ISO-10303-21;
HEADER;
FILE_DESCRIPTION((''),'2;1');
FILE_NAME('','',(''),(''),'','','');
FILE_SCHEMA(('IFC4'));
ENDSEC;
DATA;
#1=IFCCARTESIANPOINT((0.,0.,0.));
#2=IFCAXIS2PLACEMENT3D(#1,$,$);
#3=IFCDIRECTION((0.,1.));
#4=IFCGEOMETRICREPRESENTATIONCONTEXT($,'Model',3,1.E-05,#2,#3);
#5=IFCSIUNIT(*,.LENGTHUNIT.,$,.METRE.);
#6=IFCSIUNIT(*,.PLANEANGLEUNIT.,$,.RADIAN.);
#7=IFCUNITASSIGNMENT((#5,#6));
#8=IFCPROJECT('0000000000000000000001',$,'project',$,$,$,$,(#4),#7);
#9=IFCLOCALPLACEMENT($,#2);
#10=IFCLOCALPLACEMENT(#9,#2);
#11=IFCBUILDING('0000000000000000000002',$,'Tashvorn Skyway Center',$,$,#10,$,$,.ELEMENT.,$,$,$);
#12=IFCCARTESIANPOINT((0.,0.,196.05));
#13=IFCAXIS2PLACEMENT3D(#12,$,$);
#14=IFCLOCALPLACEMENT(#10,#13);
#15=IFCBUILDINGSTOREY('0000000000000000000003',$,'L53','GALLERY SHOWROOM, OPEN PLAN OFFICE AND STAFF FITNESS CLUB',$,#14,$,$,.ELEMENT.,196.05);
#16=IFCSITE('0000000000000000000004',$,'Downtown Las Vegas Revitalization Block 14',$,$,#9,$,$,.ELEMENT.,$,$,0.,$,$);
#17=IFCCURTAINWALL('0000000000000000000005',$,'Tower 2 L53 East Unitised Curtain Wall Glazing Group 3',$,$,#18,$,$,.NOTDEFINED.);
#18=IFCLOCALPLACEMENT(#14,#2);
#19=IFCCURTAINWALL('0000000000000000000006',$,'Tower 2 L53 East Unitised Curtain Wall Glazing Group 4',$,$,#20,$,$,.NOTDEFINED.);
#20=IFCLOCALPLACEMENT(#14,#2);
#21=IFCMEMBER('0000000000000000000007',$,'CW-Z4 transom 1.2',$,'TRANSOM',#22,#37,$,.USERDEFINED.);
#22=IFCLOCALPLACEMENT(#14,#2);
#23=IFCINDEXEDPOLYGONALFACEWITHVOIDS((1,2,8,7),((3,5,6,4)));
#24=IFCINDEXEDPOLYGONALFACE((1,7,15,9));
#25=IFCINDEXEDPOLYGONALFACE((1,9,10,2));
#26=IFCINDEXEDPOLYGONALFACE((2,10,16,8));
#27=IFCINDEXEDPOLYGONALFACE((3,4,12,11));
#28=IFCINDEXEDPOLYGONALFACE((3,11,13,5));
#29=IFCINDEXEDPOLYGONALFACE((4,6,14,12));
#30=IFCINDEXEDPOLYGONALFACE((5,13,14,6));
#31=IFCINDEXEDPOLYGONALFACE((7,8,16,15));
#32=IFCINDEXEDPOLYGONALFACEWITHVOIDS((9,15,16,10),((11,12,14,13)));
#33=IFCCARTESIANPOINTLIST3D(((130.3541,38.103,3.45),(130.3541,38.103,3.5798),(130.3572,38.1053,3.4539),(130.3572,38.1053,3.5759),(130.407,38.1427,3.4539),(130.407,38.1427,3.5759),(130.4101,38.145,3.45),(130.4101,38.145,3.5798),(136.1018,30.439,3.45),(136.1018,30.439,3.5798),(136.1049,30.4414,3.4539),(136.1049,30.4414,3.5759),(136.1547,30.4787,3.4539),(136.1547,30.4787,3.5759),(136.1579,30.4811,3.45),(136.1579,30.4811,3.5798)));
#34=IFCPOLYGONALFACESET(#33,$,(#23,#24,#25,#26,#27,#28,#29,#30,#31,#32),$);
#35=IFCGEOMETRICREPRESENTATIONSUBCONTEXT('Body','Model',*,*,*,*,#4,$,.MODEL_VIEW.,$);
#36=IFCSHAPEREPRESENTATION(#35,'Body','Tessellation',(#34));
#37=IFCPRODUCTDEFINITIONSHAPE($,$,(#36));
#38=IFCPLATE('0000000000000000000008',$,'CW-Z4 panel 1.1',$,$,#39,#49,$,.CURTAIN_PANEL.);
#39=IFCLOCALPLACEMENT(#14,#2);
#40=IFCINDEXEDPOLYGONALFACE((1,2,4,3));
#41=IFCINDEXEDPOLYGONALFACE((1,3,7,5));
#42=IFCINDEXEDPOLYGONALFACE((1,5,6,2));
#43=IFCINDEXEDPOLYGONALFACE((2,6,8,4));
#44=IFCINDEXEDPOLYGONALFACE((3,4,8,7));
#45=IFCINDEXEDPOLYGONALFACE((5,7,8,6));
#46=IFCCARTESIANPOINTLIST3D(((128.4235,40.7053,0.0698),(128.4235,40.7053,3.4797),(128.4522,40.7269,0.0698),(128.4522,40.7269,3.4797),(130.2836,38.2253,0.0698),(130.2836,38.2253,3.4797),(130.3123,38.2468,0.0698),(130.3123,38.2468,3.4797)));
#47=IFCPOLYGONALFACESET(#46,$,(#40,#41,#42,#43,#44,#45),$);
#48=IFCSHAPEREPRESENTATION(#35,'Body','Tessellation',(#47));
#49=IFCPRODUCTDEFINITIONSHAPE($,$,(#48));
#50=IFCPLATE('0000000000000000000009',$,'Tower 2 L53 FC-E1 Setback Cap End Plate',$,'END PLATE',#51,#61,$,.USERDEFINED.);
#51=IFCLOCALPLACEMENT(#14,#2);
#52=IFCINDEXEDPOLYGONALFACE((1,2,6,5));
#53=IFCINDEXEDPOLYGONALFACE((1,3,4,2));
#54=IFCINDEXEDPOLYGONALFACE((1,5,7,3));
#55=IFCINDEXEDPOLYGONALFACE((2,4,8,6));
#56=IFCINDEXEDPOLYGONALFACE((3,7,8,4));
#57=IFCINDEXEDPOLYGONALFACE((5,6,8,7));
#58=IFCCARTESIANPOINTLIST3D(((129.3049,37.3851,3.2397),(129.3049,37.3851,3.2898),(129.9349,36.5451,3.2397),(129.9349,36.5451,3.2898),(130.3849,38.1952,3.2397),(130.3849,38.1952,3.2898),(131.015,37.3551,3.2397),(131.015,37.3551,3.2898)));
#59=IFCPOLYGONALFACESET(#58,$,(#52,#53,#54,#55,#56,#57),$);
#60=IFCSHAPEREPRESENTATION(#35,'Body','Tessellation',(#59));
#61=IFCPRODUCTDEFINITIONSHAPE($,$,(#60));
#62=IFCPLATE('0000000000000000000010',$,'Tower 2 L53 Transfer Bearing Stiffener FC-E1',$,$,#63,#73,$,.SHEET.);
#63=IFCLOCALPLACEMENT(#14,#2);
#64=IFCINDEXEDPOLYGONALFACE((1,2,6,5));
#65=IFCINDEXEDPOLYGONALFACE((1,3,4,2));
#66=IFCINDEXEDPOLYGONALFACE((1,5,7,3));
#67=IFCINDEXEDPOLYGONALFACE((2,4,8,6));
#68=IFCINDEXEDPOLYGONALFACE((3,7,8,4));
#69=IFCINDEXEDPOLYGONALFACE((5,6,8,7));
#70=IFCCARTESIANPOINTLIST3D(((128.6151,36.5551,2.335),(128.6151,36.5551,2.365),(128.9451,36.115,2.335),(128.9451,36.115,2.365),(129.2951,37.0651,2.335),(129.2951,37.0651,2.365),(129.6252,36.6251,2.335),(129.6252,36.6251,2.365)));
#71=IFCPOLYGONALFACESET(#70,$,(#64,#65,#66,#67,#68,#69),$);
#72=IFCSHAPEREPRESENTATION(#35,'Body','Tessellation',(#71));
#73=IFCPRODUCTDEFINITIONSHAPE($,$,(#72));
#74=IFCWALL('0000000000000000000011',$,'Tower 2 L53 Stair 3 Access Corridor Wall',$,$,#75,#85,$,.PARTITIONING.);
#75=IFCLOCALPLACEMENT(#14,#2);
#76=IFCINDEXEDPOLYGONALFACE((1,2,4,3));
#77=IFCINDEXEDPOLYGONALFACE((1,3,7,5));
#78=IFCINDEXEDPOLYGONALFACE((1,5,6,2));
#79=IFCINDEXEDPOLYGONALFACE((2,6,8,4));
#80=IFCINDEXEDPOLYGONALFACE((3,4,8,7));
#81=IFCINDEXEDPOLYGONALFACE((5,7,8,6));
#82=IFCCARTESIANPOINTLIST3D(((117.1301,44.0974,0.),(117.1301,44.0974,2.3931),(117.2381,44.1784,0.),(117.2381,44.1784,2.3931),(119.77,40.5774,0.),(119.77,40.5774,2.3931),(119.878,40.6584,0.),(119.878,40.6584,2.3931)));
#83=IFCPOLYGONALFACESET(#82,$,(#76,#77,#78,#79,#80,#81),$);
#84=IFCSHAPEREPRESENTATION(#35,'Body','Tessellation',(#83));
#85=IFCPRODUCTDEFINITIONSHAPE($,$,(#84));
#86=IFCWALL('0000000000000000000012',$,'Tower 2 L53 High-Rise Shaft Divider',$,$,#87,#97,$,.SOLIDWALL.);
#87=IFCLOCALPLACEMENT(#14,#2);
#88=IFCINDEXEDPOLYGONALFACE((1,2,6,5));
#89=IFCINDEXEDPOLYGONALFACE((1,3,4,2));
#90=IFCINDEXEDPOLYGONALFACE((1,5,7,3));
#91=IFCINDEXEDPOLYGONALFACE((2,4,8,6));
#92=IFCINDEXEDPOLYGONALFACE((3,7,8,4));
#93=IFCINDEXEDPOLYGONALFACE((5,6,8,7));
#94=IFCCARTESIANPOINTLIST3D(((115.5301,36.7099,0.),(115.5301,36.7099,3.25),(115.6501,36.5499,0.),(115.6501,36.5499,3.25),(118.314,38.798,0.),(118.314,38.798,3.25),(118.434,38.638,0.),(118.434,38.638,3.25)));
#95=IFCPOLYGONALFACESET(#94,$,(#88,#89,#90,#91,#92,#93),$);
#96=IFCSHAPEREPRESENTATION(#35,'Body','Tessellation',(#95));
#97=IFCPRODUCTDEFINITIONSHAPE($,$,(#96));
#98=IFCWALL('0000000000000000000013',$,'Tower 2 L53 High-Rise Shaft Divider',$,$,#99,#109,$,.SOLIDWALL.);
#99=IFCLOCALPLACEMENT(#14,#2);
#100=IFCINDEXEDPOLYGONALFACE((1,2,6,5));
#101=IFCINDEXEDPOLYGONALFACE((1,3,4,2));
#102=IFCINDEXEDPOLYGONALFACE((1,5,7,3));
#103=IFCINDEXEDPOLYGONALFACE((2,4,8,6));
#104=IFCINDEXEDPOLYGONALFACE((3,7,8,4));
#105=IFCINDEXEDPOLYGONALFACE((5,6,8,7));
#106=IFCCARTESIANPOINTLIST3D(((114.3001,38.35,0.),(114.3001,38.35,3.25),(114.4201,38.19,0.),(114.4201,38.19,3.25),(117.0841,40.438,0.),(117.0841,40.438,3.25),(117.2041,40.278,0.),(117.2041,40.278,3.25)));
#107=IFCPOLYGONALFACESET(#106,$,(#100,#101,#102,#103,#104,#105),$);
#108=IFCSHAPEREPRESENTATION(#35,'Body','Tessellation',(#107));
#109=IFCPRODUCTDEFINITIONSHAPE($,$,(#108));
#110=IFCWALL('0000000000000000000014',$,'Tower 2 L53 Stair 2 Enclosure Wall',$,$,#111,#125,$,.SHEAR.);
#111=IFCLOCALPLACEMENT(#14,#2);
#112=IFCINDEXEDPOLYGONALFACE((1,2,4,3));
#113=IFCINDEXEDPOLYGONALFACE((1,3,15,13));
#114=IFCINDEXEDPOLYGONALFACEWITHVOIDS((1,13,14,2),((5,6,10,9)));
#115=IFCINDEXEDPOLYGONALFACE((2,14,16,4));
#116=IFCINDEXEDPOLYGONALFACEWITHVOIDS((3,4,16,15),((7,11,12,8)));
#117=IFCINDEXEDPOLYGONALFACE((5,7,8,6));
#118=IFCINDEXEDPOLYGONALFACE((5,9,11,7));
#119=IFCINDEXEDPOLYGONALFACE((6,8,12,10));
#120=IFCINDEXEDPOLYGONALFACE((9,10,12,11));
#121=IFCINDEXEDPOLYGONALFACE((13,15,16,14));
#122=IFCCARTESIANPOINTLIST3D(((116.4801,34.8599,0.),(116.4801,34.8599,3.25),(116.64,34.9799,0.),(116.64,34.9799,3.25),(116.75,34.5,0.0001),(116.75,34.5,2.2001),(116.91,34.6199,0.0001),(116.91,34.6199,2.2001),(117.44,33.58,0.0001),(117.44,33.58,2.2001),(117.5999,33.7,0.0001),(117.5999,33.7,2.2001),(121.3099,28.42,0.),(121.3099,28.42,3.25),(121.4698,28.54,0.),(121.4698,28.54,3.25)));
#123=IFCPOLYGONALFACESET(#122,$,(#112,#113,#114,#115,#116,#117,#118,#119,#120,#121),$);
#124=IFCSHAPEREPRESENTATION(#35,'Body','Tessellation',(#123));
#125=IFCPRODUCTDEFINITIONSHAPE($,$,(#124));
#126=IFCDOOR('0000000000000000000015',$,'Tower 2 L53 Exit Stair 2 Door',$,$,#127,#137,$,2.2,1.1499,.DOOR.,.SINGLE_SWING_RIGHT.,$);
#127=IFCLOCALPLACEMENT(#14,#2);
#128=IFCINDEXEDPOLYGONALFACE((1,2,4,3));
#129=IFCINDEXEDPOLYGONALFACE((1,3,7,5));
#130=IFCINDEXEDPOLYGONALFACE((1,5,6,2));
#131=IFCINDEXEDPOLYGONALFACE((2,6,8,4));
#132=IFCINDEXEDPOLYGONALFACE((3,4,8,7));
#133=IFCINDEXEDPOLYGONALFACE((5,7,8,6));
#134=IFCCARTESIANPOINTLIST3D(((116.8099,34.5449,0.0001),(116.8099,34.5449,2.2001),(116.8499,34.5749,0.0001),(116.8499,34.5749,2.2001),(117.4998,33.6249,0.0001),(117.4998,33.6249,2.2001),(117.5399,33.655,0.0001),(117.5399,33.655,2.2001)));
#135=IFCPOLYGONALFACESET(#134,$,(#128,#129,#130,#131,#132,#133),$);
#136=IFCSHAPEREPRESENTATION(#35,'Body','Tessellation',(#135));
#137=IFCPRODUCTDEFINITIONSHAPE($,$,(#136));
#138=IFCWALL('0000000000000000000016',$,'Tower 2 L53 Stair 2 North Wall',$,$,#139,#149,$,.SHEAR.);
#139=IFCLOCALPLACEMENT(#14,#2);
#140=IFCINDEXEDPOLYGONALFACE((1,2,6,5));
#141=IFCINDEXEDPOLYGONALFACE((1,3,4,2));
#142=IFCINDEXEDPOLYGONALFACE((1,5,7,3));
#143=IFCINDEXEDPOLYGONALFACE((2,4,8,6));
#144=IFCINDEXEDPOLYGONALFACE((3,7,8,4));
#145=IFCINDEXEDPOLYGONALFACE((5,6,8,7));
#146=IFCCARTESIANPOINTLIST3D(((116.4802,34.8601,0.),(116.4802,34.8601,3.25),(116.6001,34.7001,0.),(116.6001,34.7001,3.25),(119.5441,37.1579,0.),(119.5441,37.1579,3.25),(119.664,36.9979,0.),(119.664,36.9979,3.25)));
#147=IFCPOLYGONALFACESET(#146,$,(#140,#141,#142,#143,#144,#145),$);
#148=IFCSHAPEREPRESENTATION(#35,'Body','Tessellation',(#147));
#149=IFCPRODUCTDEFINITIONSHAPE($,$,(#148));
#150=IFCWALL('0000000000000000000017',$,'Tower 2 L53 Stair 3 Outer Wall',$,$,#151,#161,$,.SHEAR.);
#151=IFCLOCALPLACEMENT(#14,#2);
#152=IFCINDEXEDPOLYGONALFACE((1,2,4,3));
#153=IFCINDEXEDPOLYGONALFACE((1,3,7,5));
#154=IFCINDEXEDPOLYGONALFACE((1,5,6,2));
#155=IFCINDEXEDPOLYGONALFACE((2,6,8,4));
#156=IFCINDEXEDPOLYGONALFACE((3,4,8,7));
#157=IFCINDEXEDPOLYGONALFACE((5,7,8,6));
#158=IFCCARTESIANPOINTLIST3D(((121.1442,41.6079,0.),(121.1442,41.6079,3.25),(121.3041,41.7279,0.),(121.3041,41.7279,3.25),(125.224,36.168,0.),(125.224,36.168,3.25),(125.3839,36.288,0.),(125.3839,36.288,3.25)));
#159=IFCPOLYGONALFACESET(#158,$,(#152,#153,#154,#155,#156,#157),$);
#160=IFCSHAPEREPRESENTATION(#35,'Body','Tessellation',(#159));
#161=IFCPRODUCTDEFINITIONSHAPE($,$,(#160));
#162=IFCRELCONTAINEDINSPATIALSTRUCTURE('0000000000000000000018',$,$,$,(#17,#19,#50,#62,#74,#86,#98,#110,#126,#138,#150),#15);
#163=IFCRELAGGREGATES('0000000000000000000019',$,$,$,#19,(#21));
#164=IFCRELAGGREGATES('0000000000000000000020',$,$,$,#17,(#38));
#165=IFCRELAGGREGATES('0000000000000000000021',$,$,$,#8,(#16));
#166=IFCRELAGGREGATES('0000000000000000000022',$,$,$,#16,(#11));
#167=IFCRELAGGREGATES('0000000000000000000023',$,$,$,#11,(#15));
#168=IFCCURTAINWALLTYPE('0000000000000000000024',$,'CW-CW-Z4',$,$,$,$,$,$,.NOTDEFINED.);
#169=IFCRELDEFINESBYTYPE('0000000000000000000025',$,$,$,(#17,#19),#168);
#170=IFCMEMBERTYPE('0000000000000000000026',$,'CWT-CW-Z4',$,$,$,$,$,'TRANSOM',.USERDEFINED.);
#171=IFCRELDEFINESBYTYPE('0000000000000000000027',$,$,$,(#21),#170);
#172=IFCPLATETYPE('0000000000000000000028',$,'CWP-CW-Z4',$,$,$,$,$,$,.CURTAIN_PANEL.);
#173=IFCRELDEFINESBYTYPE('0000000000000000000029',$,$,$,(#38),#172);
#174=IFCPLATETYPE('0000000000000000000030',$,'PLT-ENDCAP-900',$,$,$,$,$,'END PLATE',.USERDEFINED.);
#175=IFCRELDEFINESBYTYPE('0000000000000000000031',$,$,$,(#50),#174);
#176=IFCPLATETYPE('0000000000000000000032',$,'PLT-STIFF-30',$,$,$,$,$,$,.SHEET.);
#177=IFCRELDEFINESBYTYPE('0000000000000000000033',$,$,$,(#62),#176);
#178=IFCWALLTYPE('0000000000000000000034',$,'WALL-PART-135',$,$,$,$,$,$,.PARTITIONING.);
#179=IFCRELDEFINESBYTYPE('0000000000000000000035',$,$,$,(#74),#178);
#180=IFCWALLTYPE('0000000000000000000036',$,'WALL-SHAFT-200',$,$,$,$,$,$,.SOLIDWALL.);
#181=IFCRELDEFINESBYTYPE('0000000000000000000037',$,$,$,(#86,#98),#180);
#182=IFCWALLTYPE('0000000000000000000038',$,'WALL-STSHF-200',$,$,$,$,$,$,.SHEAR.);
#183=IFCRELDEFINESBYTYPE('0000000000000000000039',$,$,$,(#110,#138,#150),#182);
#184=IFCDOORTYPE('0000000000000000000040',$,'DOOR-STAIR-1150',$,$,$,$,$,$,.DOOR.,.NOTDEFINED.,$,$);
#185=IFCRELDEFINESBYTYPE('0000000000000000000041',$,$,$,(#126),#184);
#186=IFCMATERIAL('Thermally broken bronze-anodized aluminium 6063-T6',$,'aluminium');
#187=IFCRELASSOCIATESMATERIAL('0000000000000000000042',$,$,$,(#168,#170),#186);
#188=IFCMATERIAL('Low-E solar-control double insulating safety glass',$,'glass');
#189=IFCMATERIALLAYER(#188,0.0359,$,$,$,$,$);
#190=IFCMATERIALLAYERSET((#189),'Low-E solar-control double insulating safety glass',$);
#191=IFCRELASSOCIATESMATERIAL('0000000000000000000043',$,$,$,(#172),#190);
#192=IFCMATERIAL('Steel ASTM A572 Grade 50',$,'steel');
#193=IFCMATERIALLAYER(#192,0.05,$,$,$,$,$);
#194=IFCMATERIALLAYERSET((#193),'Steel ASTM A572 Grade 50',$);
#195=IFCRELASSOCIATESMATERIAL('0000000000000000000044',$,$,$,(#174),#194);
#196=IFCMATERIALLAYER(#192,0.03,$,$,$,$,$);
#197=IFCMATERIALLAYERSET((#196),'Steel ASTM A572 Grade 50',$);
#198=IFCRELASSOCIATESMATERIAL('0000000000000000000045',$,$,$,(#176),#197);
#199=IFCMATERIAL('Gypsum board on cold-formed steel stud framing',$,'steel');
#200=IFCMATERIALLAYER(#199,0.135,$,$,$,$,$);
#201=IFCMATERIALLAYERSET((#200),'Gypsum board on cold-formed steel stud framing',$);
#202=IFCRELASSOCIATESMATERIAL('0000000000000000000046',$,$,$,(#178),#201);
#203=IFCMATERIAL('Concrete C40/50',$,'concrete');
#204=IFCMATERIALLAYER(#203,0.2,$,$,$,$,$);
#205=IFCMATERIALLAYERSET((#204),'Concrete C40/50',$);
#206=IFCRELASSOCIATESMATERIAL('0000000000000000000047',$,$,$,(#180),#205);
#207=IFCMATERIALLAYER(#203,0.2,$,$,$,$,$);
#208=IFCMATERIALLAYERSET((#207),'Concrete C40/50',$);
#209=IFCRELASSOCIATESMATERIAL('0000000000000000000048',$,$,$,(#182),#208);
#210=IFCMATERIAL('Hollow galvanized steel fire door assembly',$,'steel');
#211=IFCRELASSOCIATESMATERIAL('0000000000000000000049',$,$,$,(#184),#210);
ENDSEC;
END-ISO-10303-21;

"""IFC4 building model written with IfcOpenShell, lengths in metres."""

from ifc_helpers import new_model, si_unit, direction, frame, frame_2d, origin, origin_2d, place, context, subcontext, project, spatial, rectangle, hollow_rectangle, extrude, material, layer, layer_set, material_profile, profile_set, type_object, element, fill, aggregate, save


model = new_model("IFC4")

# Units and contexts
model_context = context("Model", 3, precision=1e-05, world=origin(), true_north=direction((0.0, 1.0)))
body_context = subcontext(model_context, "Body", "Model", "MODEL_VIEW")
ifc_project = project(units=[si_unit("LENGTHUNIT", "METRE"), si_unit("PLANEANGLEUNIT", "RADIAN")], contexts=[model_context])

# Site, building, storey
site_placement = place(None, origin())
site = spatial("IfcSite", under=ifc_project, at=site_placement, Name="Downtown Las Vegas Revitalization Block 14", CompositionType="ELEMENT", RefElevation=0.0)
building_placement = place(site_placement, origin())
building = spatial("IfcBuilding", under=site, at=building_placement, Name="Tashvorn Skyway Center", CompositionType="ELEMENT")
storey_placement = place(building_placement, frame((0.0, 0.0, 196.05)))
storey = spatial("IfcBuildingStorey", under=building, at=storey_placement, Name="L53", Description="GALLERY SHOWROOM, OPEN PLAN OFFICE AND STAFF FITNESS CLUB", CompositionType="ELEMENT", Elevation=196.05)

# Shared definitions
ifc_material_1 = material(Name="Steel ASTM A572 Grade 50", Category="steel")

# Curtain wall
ifc_material_2 = material(Name="Thermally broken bronze-anodized aluminium 6063-T6", Category="aluminium")
curtain_wall_type = type_object("IfcCurtainWallType", Name="CW-CW-Z4", PredefinedType="NOTDEFINED", material=ifc_material_2)
curtain_wall_1_placement = place(storey_placement, origin())
curtain_wall_1 = element("IfcCurtainWall", 1, at=curtain_wall_1_placement, inside=storey, type_object=curtain_wall_type, Name="Tower 2 L53 East Unitised Curtain Wall Glazing Group 3", PredefinedType="NOTDEFINED")

# Curtain wall
curtain_wall_2_placement = place(storey_placement, origin())
curtain_wall_2 = element("IfcCurtainWall", 2, at=curtain_wall_2_placement, inside=storey, type_object=curtain_wall_type, Name="Tower 2 L53 East Unitised Curtain Wall Glazing Group 4", PredefinedType="NOTDEFINED")

# Member
ifc_material_profile_1 = material_profile(ifc_material_2, hollow_rectangle(XDim=0.0701, YDim=0.1299, WallThickness=0.0039, at=origin_2d()), Name="ALU-TRAN-70x130")
ifc_profile_set_1 = profile_set([ifc_material_profile_1], Name="Thermally broken bronze-anodized aluminium 6063-T6")
member_type_1 = type_object("IfcMemberType", Name="CWT-CW-Z4", ElementType="TRANSOM", PredefinedType="USERDEFINED", material=ifc_profile_set_1)
member_1_placement = place(storey_placement, frame((130.3821, 38.124, 3.5149), z_axis=(0.599984, -0.800012, 0.0), x_axis=(0.800012, 0.599984, 0.0)))
member_1 = element("IfcMember", 3, at=member_1_placement, type_object=member_type_1, Name="CW-Z4 transom 1.2", ObjectType="TRANSOM", PredefinedType="USERDEFINED", context=body_context, shape_type="SweptSolid", body=[
    extrude(hollow_rectangle(XDim=0.0701, YDim=0.1299, WallThickness=0.0039, at=origin_2d()), origin(), (0.0, 0.0, 1.0), 9.5798),
])
aggregate(curtain_wall_2, [member_1])

# Plate
ifc_material_3 = material(Name="Low-E solar-control double insulating safety glass", Category="glass")
ifc_layer_1 = layer(ifc_material_3, 0.0359)
ifc_layer_set_1 = layer_set([ifc_layer_1], Name="Low-E solar-control double insulating safety glass")
plate_type_1 = type_object("IfcPlateType", Name="CWP-CW-Z4", PredefinedType="CURTAIN_PANEL", material=ifc_layer_set_1)
plate_1_placement = place(storey_placement, frame((129.3679, 39.4761, 0.0698), z_axis=(0.0, 0.0, 1.0), x_axis=(0.6, -0.8, 0.0)))
plate_1 = element("IfcPlate", 4, at=plate_1_placement, type_object=plate_type_1, Name="CW-Z4 panel 1.1", PredefinedType="CURTAIN_PANEL", context=body_context, shape_type="SweptSolid", body=[
    extrude(rectangle(XDim=3.1001, YDim=0.0359, at=origin_2d()), origin(), (0.0, 0.0, 1.0), 3.4099),
])
aggregate(curtain_wall_1, [plate_1])

# Plates
ifc_layer_2 = layer(ifc_material_1, 0.05)
ifc_layer_set_2 = layer_set([ifc_layer_2], Name="Steel ASTM A572 Grade 50")
plate_type_2 = type_object("IfcPlateType", Name="PLT-ENDCAP-900", ElementType="END PLATE", PredefinedType="USERDEFINED", material=ifc_layer_set_2)
plate_2_placement = place(storey_placement, frame((130.1599, 37.3701, 3.2397), z_axis=(0.0, 0.0, 1.0), x_axis=(0.8, 0.6, 0.0)))
element("IfcPlate", 5, at=plate_2_placement, inside=storey, type_object=plate_type_2, Name="Tower 2 L53 FC-E1 Setback Cap End Plate", ObjectType="END PLATE", PredefinedType="USERDEFINED", context=body_context, shape_type="SweptSolid", body=[
    extrude(rectangle(XDim=1.3501, YDim=1.05, at=origin_2d()), origin(), (0.0, 0.0, 1.0), 0.05),
])
ifc_layer_3 = layer(ifc_material_1, 0.03)
ifc_layer_set_3 = layer_set([ifc_layer_3], Name="Steel ASTM A572 Grade 50")
plate_type_3 = type_object("IfcPlateType", Name="PLT-STIFF-30", PredefinedType="SHEET", material=ifc_layer_set_3)
plate_3_placement = place(storey_placement, frame((129.1201, 36.5901, 2.335), z_axis=(0.0, 0.0, 1.0), x_axis=(0.8, 0.6, 0.0)))
element("IfcPlate", 6, at=plate_3_placement, inside=storey, type_object=plate_type_3, Name="Tower 2 L53 Transfer Bearing Stiffener FC-E1", PredefinedType="SHEET", context=body_context, shape_type="SweptSolid", body=[
    extrude(rectangle(XDim=0.8501, YDim=0.55, at=origin_2d()), origin(), (0.0, 0.0, 1.0), 0.03),
])

# Walls
ifc_material_4 = material(Name="Gypsum board on cold-formed steel stud framing", Category="steel")
ifc_layer_4 = layer(ifc_material_4, 0.135)
ifc_layer_set_4 = layer_set([ifc_layer_4], Name="Gypsum board on cold-formed steel stud framing")
wall_type_1 = type_object("IfcWallType", Name="WALL-PART-135", PredefinedType="PARTITIONING", material=ifc_layer_set_4)
wall_1_placement = place(storey_placement, frame((119.824, 40.6179, 0.0), z_axis=(0.0, 0.0, 1.0), x_axis=(-0.599982, 0.800013, 0.0)))
element("IfcWall", 7, at=wall_1_placement, inside=storey, type_object=wall_type_1, Name="Tower 2 L53 Stair 3 Access Corridor Wall", PredefinedType="PARTITIONING", context=body_context, shape_type="SweptSolid", body=[
    extrude(rectangle(XDim=4.3999, YDim=0.135, at=frame_2d((2.2, 0.0))), origin(), (0.0, 0.0, 1.0), 2.3931),
])
ifc_material_5 = material(Name="Concrete C40/50", Category="concrete")
ifc_layer_5 = layer(ifc_material_5, 0.2)
ifc_layer_set_5 = layer_set([ifc_layer_5], Name="Concrete C40/50")
wall_type_2 = type_object("IfcWallType", Name="WALL-SHAFT-200", PredefinedType="SOLIDWALL", material=ifc_layer_set_5)
for number, where, z_axis, x_axis, name in (
    (8, (115.5901, 36.6299, 0.0), (0.0, 0.0, 1.0), (0.799975, 0.600034, 0.0), "Tower 2 L53 High-Rise Shaft Divider"),
    (9, (114.3601, 38.27, 0.0), (0.0, 0.0, 1.0), (0.800008, 0.599989, 0.0), "Tower 2 L53 High-Rise Shaft Divider"),
):
    element("IfcWall", number, at=place(storey_placement, frame(where, z_axis=z_axis, x_axis=x_axis)), inside=storey, type_object=wall_type_2, Name=name, PredefinedType="SOLIDWALL", context=body_context, shape_type="SweptSolid", body=[
        extrude(rectangle(XDim=3.48, YDim=0.2, at=frame_2d((1.74, 0.0))), origin(), (0.0, 0.0, 1.0), 3.25),
    ])

# Wall, opening, door
ifc_layer_6 = layer(ifc_material_5, 0.2)
ifc_layer_set_6 = layer_set([ifc_layer_6], Name="Concrete C40/50")
wall_type_3 = type_object("IfcWallType", Name="WALL-STSHF-200", PredefinedType="SHEAR", material=ifc_layer_set_6)
wall_2_placement = place(storey_placement, frame((116.5601, 34.9199, 0.0), z_axis=(0.0, 0.0, 1.0), x_axis=(0.59999, -0.800007, 0.0)))
wall_2 = element("IfcWall", 10, at=wall_2_placement, inside=storey, type_object=wall_type_3, Name="Tower 2 L53 Stair 2 Enclosure Wall", PredefinedType="SHEAR", context=body_context, shape_type="SweptSolid", body=[
    extrude(rectangle(XDim=8.0498, YDim=0.2, at=frame_2d((4.0249, 0.0))), origin(), (0.0, 0.0, 1.0), 3.25),
])
opening_1_placement = place(wall_2_placement, frame((0.45, 0.0, 0.0)))
opening_1 = element("IfcOpeningElement", 11, at=opening_1_placement, cuts=wall_2, PredefinedType="OPENING", context=body_context, shape_type="SweptSolid", body=[
    extrude(rectangle(XDim=1.1499, YDim=2.2, at=frame_2d((0.575, 1.1001))), frame((0.0, 0.1099, 0.0), z_axis=(0.0, -1.0, 0.0), x_axis=(1.0, 0.0, 0.0)), (0.0, 0.0, 1.0), 0.22),
])
ifc_material_6 = material(Name="Hollow galvanized steel fire door assembly", Category="steel")
door_type = type_object("IfcDoorType", Name="DOOR-STAIR-1150", OperationType="NOTDEFINED", PredefinedType="DOOR", material=ifc_material_6)
door_1_placement = place(opening_1_placement, origin())
door_1 = element("IfcDoor", 12, at=door_1_placement, inside=storey, type_object=door_type, Name="Tower 2 L53 Exit Stair 2 Door", OperationType="SINGLE_SWING_RIGHT", OverallHeight=2.2, OverallWidth=1.1499, PredefinedType="DOOR", context=body_context, shape_type="SweptSolid", body=[
    extrude(rectangle(XDim=1.1499, YDim=2.2, at=frame_2d((0.575, 1.1001))), frame((0.0, 0.0249, 0.0), z_axis=(0.0, -1.0, 0.0), x_axis=(1.0, 0.0, 0.0)), (0.0, 0.0, 1.0), 0.05),
])
fill(opening_1, door_1)

# Walls
wall_3_placement = place(storey_placement, frame((116.54, 34.78, 0.0), z_axis=(0.0, 0.0, 1.0), x_axis=(0.800015, 0.59998, 0.0)))
element("IfcWall", 13, at=wall_3_placement, inside=storey, type_object=wall_type_3, Name="Tower 2 L53 Stair 2 North Wall", PredefinedType="SHEAR", context=body_context, shape_type="SweptSolid", body=[
    extrude(rectangle(XDim=3.8298, YDim=0.2, at=frame_2d((1.915, 0.0))), origin(), (0.0, 0.0, 1.0), 3.25),
])
wall_4_placement = place(storey_placement, frame((125.304, 36.228, 0.0), z_axis=(0.0, 0.0, 1.0), x_axis=(-0.599989, 0.800009, 0.0)))
element("IfcWall", 14, at=wall_4_placement, inside=storey, type_object=wall_type_3, Name="Tower 2 L53 Stair 3 Outer Wall", PredefinedType="SHEAR", context=body_context, shape_type="SweptSolid", body=[
    extrude(rectangle(XDim=6.7998, YDim=0.2, at=frame_2d((3.3999, 0.0))), origin(), (0.0, 0.0, 1.0), 3.25),
])

save(model, "model.ifc")
